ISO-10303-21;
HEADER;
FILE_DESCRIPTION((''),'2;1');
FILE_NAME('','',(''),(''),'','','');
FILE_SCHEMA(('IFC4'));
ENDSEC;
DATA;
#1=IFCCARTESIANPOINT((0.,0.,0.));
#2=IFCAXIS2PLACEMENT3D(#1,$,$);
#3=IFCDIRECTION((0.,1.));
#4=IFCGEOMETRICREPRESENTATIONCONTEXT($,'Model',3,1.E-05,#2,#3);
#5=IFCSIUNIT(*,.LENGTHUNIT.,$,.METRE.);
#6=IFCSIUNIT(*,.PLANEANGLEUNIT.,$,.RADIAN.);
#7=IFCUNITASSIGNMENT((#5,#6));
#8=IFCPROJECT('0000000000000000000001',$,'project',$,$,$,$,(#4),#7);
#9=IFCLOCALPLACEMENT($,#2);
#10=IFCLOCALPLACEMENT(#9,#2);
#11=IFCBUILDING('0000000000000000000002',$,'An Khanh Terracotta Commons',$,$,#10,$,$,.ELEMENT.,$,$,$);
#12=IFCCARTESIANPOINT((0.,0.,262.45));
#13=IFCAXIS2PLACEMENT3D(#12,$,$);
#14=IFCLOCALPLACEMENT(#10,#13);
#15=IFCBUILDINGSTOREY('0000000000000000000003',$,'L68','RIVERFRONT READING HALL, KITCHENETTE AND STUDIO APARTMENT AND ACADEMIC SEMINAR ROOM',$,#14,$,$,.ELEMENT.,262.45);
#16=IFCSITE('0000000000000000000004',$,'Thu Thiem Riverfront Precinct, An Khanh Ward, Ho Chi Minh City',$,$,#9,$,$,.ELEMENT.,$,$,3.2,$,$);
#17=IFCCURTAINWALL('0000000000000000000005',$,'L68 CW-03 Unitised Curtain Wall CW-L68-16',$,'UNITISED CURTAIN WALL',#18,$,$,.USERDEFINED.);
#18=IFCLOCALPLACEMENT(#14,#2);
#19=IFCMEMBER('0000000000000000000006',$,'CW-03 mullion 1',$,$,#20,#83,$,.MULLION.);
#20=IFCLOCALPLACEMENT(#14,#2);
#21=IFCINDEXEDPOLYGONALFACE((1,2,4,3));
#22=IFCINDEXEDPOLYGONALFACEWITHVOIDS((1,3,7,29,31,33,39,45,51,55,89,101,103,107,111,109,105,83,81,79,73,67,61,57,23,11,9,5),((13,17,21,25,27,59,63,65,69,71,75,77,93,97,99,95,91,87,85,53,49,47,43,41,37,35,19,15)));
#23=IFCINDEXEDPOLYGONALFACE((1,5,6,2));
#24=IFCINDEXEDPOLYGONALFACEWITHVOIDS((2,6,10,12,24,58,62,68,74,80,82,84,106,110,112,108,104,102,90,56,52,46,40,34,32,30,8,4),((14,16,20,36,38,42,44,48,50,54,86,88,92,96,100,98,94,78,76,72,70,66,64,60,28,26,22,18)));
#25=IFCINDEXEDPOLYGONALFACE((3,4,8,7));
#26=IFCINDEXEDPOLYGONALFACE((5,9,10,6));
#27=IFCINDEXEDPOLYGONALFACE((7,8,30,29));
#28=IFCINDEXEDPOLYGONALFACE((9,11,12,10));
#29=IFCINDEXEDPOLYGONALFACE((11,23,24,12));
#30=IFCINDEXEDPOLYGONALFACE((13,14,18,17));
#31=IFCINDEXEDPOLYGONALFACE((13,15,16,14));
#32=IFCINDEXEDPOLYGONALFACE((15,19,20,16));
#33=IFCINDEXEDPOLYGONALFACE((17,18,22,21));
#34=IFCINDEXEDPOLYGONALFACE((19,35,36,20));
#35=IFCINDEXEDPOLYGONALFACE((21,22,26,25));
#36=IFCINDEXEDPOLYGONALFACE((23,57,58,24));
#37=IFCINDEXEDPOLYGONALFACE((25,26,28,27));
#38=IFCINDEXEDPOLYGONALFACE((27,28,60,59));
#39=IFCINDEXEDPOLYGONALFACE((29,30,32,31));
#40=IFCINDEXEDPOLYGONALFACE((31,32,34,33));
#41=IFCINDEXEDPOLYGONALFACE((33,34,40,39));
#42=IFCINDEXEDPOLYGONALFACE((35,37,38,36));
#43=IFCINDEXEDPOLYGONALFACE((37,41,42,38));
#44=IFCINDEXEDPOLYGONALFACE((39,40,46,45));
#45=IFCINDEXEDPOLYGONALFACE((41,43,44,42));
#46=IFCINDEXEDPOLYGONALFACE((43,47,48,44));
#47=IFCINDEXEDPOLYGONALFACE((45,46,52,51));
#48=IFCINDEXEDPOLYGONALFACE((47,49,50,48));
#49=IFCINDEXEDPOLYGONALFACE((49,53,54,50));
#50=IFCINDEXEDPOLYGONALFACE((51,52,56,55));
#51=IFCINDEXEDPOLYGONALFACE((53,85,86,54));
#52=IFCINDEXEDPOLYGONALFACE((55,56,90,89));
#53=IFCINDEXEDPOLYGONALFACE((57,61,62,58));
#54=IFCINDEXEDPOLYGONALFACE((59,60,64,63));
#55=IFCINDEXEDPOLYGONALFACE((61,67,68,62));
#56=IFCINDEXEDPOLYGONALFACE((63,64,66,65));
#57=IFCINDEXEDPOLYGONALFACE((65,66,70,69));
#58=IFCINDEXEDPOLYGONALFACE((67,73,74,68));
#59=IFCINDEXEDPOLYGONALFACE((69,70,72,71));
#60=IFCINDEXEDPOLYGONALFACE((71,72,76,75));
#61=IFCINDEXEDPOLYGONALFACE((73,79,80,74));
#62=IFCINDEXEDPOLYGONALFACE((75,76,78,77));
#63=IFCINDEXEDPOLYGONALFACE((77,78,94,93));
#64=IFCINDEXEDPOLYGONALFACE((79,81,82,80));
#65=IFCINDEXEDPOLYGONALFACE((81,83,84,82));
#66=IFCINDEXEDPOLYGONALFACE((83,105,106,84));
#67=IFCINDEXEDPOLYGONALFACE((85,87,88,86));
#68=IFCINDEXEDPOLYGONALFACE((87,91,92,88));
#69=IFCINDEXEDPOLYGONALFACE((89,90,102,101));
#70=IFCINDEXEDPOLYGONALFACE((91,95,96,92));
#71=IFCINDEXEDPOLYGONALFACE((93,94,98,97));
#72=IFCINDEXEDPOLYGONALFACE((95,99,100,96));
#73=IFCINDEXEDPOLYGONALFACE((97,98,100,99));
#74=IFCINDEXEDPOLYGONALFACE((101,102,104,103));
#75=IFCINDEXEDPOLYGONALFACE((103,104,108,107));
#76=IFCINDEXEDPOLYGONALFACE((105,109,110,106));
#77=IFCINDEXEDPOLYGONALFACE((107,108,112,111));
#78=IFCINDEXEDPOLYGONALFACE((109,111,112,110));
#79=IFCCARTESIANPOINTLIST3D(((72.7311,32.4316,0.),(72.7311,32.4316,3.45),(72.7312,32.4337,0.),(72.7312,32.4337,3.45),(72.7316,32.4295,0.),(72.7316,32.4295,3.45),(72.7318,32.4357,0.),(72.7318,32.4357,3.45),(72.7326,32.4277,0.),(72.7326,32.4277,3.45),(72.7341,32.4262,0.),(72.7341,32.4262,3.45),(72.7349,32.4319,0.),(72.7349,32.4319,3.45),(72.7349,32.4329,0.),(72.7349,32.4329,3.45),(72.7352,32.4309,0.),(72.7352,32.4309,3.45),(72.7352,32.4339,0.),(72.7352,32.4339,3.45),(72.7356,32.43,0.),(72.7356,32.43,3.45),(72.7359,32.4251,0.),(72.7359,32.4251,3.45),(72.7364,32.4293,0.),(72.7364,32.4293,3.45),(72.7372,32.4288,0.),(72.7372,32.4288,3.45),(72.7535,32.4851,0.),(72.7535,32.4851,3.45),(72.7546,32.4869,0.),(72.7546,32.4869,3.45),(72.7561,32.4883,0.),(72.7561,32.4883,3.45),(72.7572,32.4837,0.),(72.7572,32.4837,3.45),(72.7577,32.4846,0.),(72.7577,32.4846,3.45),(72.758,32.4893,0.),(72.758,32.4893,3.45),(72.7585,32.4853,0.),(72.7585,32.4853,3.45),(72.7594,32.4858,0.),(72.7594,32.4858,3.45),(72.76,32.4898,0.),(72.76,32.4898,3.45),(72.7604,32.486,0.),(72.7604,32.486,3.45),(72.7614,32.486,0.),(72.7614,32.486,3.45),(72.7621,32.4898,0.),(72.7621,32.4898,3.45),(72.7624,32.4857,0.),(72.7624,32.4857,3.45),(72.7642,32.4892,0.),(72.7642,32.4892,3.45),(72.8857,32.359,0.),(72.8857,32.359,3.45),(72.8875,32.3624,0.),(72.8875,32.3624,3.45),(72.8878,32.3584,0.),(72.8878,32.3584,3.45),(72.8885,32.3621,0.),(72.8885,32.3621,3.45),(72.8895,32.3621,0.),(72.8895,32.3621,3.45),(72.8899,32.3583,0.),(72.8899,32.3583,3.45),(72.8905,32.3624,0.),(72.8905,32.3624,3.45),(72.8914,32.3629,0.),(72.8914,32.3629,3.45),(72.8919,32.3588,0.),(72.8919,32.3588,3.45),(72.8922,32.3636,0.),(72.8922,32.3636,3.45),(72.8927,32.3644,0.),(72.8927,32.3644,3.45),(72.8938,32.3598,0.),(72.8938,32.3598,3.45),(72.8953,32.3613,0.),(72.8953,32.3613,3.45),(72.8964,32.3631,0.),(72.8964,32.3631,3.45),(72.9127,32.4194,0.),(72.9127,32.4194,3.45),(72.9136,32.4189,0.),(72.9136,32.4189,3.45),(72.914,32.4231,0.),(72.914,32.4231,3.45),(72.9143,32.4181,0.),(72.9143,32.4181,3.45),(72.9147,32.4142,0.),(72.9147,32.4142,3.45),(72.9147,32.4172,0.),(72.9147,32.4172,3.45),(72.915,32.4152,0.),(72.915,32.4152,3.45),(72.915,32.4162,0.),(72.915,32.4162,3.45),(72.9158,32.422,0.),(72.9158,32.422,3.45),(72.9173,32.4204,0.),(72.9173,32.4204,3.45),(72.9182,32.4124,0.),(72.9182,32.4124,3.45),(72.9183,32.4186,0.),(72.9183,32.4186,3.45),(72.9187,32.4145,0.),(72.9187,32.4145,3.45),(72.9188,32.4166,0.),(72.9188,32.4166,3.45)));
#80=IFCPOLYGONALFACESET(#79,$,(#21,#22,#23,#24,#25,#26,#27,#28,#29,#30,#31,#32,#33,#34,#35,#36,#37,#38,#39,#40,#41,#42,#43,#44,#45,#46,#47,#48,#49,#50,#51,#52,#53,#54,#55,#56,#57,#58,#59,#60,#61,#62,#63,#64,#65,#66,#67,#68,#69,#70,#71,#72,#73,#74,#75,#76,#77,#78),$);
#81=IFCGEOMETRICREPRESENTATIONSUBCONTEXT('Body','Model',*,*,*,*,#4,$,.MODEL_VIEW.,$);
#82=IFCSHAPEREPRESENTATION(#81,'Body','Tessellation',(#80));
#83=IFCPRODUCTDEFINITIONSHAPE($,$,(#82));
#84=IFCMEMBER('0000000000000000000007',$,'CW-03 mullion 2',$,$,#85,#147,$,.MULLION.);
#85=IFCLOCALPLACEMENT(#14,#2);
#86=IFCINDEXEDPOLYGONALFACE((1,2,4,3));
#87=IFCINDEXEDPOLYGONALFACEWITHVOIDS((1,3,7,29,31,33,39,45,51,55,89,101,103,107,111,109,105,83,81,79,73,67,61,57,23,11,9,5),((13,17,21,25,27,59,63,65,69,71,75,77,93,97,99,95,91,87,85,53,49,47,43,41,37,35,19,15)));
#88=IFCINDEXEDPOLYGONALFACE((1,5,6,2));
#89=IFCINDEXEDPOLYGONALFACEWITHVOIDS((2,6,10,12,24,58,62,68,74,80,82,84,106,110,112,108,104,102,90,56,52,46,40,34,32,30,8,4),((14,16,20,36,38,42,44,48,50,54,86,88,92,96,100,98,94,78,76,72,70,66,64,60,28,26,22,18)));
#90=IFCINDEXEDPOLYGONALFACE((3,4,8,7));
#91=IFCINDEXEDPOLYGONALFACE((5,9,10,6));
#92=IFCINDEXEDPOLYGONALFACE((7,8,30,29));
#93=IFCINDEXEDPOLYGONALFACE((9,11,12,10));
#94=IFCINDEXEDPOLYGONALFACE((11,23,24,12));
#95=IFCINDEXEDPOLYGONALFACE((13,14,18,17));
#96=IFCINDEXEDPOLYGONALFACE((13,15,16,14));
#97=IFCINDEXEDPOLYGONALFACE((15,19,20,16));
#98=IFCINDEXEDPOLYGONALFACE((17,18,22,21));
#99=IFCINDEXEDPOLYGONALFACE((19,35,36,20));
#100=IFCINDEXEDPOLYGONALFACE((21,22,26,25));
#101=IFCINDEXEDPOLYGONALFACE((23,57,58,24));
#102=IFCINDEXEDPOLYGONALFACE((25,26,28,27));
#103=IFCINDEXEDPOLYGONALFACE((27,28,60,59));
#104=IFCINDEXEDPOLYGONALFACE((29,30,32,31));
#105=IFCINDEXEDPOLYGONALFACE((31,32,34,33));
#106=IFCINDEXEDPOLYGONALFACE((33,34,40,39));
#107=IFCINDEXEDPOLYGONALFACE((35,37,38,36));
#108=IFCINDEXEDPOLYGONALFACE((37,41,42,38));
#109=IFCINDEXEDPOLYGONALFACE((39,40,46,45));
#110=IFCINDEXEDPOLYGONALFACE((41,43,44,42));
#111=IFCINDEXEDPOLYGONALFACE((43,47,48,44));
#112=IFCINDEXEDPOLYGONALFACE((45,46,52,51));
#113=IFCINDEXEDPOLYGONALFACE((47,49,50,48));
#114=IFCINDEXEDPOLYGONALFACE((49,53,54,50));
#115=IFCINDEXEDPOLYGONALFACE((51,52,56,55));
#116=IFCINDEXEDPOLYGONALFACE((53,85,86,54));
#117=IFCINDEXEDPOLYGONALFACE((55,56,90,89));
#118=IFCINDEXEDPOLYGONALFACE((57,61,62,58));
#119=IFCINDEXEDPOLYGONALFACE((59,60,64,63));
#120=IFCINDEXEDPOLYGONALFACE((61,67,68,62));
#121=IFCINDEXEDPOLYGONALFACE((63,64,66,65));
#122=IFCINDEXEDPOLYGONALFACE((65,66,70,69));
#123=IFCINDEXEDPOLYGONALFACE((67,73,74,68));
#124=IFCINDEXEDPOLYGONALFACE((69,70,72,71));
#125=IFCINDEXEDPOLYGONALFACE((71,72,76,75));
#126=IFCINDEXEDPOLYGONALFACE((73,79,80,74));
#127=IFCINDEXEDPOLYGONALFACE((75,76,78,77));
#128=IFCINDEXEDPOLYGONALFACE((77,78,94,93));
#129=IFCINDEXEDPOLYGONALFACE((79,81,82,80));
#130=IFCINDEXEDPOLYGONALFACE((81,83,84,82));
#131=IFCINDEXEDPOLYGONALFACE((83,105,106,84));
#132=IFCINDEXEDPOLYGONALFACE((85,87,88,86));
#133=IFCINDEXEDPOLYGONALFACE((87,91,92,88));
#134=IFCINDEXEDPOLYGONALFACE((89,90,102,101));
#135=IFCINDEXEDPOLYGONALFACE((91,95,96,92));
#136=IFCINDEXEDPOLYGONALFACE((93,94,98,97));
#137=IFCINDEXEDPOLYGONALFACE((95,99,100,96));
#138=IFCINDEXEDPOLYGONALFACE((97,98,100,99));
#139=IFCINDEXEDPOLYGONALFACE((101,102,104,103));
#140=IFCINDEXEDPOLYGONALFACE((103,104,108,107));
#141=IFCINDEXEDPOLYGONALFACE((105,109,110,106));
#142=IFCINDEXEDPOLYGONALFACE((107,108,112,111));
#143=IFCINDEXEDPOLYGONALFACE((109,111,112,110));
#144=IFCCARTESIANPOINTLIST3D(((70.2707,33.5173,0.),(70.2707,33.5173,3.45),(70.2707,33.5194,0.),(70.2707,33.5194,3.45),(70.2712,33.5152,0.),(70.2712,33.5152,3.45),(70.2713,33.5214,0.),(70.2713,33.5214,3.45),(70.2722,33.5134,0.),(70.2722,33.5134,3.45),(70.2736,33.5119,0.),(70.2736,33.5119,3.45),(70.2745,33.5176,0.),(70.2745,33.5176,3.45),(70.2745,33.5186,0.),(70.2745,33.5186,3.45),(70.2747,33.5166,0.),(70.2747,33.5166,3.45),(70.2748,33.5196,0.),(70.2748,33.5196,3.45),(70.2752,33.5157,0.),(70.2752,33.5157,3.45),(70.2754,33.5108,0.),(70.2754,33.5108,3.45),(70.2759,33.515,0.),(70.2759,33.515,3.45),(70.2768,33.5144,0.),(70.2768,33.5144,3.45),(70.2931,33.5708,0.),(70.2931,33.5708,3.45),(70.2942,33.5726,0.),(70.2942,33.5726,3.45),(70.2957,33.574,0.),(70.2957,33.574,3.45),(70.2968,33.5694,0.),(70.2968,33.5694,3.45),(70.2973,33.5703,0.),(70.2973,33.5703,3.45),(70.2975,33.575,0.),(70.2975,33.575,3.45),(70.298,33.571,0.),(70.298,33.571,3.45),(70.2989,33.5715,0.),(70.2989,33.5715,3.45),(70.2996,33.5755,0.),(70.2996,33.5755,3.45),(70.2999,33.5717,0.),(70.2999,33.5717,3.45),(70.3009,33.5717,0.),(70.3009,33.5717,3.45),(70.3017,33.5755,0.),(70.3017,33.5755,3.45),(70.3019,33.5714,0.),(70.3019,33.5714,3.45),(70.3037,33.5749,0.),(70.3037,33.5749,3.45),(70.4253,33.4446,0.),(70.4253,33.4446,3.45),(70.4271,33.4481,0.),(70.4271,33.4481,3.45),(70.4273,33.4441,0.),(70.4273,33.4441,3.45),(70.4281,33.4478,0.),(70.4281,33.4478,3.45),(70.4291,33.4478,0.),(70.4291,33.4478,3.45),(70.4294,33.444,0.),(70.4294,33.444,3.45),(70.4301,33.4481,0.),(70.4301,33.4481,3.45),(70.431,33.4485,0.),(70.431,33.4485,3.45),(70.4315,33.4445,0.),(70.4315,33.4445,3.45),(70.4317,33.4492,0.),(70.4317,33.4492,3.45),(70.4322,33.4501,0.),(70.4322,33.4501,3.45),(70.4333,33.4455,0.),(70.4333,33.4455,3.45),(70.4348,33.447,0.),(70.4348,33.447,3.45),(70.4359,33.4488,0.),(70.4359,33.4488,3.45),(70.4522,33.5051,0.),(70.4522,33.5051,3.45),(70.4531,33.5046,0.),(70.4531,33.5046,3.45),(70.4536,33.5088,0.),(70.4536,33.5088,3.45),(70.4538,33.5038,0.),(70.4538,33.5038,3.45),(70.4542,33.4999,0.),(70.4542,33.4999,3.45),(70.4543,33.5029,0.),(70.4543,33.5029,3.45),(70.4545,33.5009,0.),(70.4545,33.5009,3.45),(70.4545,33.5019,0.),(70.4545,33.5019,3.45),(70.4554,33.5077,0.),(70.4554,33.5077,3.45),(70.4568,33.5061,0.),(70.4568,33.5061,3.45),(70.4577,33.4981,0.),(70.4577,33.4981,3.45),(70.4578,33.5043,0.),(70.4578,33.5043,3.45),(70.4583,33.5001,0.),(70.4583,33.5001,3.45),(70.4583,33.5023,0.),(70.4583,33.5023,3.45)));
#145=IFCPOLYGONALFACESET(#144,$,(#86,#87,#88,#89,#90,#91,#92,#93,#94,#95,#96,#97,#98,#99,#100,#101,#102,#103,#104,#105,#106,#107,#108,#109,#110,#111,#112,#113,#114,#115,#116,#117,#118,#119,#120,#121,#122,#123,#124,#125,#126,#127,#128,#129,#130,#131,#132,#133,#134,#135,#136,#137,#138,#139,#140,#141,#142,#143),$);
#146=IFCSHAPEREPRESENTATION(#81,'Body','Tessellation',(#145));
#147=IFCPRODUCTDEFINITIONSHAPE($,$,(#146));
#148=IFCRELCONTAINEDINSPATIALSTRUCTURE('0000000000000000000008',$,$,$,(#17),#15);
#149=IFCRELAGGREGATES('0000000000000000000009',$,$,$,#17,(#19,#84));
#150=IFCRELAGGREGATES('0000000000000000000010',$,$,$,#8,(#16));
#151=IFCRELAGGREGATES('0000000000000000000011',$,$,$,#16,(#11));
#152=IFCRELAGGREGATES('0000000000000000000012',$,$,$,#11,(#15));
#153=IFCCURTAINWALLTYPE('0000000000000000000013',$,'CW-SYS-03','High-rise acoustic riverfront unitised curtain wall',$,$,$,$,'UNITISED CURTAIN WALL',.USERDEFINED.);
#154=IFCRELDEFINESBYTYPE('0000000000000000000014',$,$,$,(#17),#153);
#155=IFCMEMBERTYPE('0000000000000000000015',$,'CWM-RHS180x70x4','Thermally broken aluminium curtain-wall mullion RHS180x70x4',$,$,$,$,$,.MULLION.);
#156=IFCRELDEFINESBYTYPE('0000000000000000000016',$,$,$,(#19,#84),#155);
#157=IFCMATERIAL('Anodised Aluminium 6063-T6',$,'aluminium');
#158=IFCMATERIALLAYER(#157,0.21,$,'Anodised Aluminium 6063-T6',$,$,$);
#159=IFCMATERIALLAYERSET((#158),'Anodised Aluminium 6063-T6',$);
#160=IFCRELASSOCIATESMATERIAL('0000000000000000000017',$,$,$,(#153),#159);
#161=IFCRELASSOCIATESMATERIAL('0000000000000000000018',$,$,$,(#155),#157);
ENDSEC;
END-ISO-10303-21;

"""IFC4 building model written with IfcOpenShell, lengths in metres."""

from ifc_helpers import new_model, si_unit, direction, frame, origin, origin_2d, place, context, subcontext, project, spatial, hollow_rectangle, extrude, material, layer, layer_set, material_profile, profile_set, type_object, element, aggregate, save


model = new_model("IFC4")

# Units and contexts
model_context = context("Model", 3, precision=1e-05, world=origin(), true_north=direction((0.0, 1.0)))
body_context = subcontext(model_context, "Body", "Model", "MODEL_VIEW")
ifc_project = project(units=[si_unit("LENGTHUNIT", "METRE"), si_unit("PLANEANGLEUNIT", "RADIAN")], contexts=[model_context])

# Site, building, storey
site_placement = place(None, origin())
site = spatial("IfcSite", under=ifc_project, at=site_placement, Name="Thu Thiem Riverfront Precinct, An Khanh Ward, Ho Chi Minh City", CompositionType="ELEMENT", RefElevation=3.2)
building_placement = place(site_placement, origin())
building = spatial("IfcBuilding", under=site, at=building_placement, Name="An Khanh Terracotta Commons", CompositionType="ELEMENT")
storey_placement = place(building_placement, frame((0.0, 0.0, 262.45)))
storey = spatial("IfcBuildingStorey", under=building, at=storey_placement, Name="L68", Description="RIVERFRONT READING HALL, KITCHENETTE AND STUDIO APARTMENT AND ACADEMIC SEMINAR ROOM", CompositionType="ELEMENT", Elevation=262.45)

# Curtain wall, members
ifc_material_1 = material(Name="Anodised Aluminium 6063-T6", Category="aluminium")
ifc_layer_1 = layer(ifc_material_1, 0.21, Name="Anodised Aluminium 6063-T6")
ifc_layer_set_1 = layer_set([ifc_layer_1], Name="Anodised Aluminium 6063-T6")
curtain_wall_type = type_object("IfcCurtainWallType", Name="CW-SYS-03", Description="High-rise acoustic riverfront unitised curtain wall", ElementType="UNITISED CURTAIN WALL", PredefinedType="USERDEFINED", material=ifc_layer_set_1)
ifc_material_profile_1 = material_profile(ifc_material_1, hollow_rectangle(XDim=0.0701, YDim=0.1799, WallThickness=0.0039, InnerFilletRadius=0.0039, OuterFilletRadius=0.0081, at=origin_2d()), Name="RHS180x70x4")
ifc_profile_set_1 = profile_set([ifc_material_profile_1], Name="Anodised Aluminium 6063-T6")
member_type_1 = type_object("IfcMemberType", Name="CWM-RHS180x70x4", Description="Thermally broken aluminium curtain-wall mullion RHS180x70x4", PredefinedType="MULLION", material=ifc_profile_set_1)
curtain_wall_1_placement = place(storey_placement, origin())
curtain_wall_1 = element("IfcCurtainWall", 1, at=curtain_wall_1_placement, inside=storey, type_object=curtain_wall_type, Name="L68 CW-03 Unitised Curtain Wall CW-L68-16", ObjectType="UNITISED CURTAIN WALL", PredefinedType="USERDEFINED")
member_1_placement = place(storey_placement, frame((72.825, 32.4241, 0.0), z_axis=(0.0, 0.0, 1.0), x_axis=(-0.403676, -0.914902, 0.0)))
member_1 = element("IfcMember", 2, at=member_1_placement, type_object=member_type_1, Name="CW-03 mullion 1", PredefinedType="MULLION", context=body_context, shape_type="SweptSolid", body=[
    extrude(hollow_rectangle(XDim=0.0701, YDim=0.1799, WallThickness=0.0039, InnerFilletRadius=0.0039, OuterFilletRadius=0.0081, at=origin_2d()), origin(), (0.0, 0.0, 1.0), 3.45),
])
member_2_placement = place(storey_placement, frame((70.3645, 33.5098, 0.0), z_axis=(0.0, 0.0, 1.0), x_axis=(-0.403676, -0.914902, 0.0)))
member_2 = element("IfcMember", 3, at=member_2_placement, type_object=member_type_1, Name="CW-03 mullion 2", PredefinedType="MULLION", context=body_context, shape_type="SweptSolid", body=[
    extrude(hollow_rectangle(XDim=0.0701, YDim=0.1799, WallThickness=0.0039, InnerFilletRadius=0.0039, OuterFilletRadius=0.0081, at=origin_2d()), origin(), (0.0, 0.0, 1.0), 3.45),
])

aggregate(curtain_wall_1, [member_1, member_2])

save(model, "model.ifc")
